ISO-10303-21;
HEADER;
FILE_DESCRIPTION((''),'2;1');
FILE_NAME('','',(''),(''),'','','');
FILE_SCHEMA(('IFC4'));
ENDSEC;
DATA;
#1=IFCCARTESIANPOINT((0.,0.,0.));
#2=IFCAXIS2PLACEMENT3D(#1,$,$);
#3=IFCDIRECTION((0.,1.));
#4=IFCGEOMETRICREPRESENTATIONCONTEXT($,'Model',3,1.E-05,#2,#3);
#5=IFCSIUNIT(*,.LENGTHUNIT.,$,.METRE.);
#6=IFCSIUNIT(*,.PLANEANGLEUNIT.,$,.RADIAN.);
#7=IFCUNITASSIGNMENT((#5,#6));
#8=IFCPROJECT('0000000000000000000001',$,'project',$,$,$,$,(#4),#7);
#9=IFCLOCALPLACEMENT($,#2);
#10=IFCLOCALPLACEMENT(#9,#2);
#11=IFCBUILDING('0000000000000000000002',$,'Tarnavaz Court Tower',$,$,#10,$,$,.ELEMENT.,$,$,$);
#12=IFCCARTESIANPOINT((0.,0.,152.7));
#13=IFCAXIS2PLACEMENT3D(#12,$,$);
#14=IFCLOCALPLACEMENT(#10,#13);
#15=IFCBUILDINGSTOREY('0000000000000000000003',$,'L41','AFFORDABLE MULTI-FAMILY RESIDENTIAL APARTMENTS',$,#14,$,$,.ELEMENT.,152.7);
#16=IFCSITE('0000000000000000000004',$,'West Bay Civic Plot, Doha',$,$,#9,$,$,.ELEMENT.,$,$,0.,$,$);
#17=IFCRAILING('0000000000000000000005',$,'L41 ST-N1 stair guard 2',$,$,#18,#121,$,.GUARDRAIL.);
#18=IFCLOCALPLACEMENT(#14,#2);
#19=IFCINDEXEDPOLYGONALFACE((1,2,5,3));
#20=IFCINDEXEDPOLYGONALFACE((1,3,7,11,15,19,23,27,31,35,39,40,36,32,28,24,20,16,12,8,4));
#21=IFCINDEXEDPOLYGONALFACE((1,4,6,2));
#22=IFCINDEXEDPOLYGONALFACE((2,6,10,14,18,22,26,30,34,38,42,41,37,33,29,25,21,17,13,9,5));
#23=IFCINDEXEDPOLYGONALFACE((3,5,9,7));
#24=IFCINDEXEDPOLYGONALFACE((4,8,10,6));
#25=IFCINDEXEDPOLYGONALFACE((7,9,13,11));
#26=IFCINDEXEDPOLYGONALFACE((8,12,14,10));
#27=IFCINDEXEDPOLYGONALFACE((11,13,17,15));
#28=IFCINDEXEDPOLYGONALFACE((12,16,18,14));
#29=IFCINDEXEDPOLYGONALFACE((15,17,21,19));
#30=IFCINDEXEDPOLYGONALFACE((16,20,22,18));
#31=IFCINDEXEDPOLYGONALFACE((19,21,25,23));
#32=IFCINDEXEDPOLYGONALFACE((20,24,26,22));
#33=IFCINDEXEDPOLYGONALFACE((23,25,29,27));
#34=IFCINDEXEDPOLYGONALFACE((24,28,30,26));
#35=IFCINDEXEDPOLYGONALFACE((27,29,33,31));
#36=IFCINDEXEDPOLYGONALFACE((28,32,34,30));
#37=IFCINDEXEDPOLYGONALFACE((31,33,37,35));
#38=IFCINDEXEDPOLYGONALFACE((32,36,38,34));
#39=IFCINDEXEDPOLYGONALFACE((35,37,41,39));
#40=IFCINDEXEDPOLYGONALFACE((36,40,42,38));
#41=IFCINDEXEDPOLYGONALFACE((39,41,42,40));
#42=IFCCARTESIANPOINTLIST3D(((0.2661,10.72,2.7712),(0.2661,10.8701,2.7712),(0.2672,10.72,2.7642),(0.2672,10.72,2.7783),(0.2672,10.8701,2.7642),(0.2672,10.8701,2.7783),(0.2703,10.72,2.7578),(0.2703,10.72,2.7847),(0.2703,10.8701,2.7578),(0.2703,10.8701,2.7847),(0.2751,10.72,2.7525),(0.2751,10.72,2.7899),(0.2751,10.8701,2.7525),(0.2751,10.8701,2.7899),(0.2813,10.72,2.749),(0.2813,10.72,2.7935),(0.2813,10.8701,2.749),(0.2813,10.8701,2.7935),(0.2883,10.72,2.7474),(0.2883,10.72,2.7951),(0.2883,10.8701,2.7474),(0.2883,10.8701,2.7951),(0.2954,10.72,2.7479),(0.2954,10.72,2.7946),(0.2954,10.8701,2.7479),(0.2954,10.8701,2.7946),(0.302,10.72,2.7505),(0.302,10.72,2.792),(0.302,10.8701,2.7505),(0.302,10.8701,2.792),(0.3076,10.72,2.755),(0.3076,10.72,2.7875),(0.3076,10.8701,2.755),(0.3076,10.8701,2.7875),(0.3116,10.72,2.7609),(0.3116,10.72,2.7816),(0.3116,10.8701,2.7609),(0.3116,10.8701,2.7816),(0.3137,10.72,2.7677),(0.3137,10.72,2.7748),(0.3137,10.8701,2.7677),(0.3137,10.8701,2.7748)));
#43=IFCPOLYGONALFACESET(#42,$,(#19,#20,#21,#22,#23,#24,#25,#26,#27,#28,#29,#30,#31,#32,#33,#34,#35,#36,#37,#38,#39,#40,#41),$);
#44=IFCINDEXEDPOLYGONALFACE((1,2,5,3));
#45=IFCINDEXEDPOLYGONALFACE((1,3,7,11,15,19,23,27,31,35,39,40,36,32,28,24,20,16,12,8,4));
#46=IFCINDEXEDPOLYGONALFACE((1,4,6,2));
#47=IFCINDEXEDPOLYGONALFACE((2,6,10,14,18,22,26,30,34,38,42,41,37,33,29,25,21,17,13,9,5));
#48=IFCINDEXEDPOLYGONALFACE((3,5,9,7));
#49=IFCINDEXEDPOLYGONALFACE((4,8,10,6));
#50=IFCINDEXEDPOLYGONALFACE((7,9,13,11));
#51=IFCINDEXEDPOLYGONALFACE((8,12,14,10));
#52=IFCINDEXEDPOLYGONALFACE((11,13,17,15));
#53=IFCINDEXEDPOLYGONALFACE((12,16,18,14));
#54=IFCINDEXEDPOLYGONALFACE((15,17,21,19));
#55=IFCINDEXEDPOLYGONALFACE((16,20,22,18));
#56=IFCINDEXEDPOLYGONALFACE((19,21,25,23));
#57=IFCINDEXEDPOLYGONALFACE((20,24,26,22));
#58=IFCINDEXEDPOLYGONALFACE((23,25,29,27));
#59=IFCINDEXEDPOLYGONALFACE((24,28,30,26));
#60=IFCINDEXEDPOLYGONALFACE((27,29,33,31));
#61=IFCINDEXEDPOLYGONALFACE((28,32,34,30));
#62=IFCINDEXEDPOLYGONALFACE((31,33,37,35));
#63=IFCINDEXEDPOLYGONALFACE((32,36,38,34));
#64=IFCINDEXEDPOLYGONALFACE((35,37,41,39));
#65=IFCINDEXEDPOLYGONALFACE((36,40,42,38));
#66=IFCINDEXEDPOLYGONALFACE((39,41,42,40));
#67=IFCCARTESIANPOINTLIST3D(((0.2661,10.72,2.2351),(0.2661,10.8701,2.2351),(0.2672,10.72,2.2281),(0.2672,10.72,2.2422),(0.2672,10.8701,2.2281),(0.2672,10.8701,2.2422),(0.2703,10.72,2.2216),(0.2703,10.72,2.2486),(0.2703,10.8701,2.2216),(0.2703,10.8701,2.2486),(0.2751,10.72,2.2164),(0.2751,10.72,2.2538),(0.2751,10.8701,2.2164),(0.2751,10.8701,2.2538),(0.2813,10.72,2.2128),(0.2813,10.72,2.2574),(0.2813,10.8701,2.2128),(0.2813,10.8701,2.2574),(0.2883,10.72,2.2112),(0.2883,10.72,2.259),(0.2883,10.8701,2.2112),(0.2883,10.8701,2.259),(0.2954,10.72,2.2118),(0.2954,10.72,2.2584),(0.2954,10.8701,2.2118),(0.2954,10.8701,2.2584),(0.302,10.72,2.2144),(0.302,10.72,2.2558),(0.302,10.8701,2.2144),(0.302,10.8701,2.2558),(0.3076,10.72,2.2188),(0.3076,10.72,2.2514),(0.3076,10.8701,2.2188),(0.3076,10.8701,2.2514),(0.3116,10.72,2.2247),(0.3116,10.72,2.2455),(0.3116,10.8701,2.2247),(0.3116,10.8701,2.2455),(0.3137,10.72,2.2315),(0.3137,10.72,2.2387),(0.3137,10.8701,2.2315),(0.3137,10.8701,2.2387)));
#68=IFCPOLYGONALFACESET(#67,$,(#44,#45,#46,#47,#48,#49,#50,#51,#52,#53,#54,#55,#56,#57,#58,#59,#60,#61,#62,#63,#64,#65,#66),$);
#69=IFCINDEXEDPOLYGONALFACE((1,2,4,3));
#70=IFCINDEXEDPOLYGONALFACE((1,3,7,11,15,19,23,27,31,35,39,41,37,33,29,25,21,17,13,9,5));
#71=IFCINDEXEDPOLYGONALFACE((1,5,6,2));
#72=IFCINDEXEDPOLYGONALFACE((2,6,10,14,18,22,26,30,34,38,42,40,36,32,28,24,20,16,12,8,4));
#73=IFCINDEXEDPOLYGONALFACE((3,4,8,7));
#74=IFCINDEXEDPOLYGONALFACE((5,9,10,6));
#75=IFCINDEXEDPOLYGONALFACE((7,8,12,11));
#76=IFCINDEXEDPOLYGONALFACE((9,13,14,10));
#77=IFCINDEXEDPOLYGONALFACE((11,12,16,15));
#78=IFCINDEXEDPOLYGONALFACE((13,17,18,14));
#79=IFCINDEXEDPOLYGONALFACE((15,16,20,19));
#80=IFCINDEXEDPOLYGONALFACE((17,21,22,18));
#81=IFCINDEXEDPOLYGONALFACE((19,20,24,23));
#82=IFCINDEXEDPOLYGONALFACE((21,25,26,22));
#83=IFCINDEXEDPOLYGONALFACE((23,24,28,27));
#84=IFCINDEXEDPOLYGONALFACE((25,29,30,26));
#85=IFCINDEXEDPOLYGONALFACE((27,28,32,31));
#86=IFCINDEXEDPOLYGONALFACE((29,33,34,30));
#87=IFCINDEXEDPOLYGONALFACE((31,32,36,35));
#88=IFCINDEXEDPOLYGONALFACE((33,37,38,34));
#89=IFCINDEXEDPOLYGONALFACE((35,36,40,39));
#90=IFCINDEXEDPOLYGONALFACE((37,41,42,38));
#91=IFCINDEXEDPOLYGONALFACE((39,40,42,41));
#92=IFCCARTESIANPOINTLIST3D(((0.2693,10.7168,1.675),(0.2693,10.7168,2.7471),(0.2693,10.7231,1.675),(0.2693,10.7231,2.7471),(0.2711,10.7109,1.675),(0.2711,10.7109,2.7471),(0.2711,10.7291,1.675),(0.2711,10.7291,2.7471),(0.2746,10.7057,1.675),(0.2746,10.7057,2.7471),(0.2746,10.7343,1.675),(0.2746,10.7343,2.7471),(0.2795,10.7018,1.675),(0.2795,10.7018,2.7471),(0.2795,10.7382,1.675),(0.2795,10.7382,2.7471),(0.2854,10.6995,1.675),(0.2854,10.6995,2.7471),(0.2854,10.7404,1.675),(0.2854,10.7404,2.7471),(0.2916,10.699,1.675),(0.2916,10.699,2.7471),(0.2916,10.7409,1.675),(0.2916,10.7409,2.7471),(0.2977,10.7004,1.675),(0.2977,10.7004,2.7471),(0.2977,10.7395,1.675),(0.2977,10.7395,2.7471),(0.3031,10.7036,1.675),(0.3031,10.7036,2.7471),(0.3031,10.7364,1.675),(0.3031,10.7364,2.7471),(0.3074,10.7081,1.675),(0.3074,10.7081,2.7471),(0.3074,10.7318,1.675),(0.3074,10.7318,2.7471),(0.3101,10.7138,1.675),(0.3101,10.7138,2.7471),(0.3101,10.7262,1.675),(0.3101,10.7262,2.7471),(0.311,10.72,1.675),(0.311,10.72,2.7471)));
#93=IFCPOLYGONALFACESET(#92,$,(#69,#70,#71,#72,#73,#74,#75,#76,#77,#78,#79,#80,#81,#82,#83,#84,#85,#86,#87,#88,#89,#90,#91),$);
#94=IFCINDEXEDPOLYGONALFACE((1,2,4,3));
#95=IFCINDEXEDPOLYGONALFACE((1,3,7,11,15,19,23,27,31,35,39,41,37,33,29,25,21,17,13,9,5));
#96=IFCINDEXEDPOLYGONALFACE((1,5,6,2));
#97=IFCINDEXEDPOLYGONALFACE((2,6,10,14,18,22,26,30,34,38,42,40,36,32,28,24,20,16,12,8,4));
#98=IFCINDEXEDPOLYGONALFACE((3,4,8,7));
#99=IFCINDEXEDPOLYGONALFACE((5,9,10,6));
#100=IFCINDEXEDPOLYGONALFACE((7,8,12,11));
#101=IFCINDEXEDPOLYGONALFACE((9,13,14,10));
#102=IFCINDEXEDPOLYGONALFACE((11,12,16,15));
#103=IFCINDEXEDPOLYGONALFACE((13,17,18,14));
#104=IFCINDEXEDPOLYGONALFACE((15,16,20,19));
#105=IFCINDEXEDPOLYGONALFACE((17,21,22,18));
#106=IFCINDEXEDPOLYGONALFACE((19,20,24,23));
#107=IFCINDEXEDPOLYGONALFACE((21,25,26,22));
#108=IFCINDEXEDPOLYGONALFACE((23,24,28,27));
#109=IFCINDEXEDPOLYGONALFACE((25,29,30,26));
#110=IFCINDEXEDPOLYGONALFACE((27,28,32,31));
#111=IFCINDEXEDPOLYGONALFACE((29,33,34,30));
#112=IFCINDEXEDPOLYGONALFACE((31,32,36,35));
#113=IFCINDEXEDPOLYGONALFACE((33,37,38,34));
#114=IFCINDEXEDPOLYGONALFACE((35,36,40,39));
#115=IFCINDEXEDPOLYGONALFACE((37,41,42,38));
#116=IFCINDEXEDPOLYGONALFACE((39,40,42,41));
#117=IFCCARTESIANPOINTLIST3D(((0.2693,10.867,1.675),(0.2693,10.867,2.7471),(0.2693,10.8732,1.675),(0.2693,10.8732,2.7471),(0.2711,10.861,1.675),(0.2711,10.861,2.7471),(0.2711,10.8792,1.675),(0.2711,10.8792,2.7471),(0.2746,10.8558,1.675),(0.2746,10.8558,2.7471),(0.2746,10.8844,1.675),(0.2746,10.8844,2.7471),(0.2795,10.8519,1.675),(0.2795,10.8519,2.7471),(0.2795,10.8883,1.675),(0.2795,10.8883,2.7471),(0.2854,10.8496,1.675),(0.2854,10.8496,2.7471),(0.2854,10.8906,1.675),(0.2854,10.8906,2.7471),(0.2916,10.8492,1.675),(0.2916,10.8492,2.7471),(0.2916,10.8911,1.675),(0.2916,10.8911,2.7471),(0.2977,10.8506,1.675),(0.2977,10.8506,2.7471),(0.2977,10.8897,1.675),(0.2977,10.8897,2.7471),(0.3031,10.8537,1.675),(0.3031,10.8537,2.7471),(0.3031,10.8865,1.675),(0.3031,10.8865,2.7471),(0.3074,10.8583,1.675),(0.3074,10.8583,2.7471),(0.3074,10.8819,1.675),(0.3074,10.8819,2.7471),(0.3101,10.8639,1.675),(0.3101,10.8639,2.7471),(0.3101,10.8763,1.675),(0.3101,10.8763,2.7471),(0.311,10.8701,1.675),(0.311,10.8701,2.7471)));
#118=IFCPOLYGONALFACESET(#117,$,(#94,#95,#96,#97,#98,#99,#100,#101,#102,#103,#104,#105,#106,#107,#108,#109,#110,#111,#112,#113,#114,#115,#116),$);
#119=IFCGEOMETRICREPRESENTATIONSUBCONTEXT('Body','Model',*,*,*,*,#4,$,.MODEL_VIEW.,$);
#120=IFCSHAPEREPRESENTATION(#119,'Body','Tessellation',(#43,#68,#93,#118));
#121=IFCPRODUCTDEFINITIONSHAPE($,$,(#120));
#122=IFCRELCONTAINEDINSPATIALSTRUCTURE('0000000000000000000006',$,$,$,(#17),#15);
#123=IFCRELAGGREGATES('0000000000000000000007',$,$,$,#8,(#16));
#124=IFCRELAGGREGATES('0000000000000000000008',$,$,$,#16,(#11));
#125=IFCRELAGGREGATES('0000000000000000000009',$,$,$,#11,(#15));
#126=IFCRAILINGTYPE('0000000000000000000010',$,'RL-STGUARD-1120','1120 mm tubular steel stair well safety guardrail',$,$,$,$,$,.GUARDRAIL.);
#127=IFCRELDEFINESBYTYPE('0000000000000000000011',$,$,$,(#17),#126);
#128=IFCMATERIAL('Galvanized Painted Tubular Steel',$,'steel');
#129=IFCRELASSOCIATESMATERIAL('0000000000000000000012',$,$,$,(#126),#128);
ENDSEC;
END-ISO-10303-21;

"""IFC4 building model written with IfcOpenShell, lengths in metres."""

from ifc_helpers import new_model, si_unit, direction, frame, origin, origin_2d, place, context, subcontext, project, spatial, circle, extrude, material, type_object, element, save


model = new_model("IFC4")

# Units and contexts
model_context = context("Model", 3, precision=1e-05, world=origin(), true_north=direction((0.0, 1.0)))
body_context = subcontext(model_context, "Body", "Model", "MODEL_VIEW")
ifc_project = project(units=[si_unit("LENGTHUNIT", "METRE"), si_unit("PLANEANGLEUNIT", "RADIAN")], contexts=[model_context])

# Site, building, storey
site_placement = place(None, origin())
site = spatial("IfcSite", under=ifc_project, at=site_placement, Name="West Bay Civic Plot, Doha", CompositionType="ELEMENT", RefElevation=0.0)
building_placement = place(site_placement, origin())
building = spatial("IfcBuilding", under=site, at=building_placement, Name="Tarnavaz Court Tower", CompositionType="ELEMENT")
storey_placement = place(building_placement, frame((0.0, 0.0, 152.7)))
storey = spatial("IfcBuildingStorey", under=building, at=storey_placement, Name="L41", Description="AFFORDABLE MULTI-FAMILY RESIDENTIAL APARTMENTS", CompositionType="ELEMENT", Elevation=152.7)

# Railing
ifc_material_1 = material(Name="Galvanized Painted Tubular Steel", Category="steel")
railing_type_1 = type_object("IfcRailingType", Name="RL-STGUARD-1120", Description="1120 mm tubular steel stair well safety guardrail", PredefinedType="GUARDRAIL", material=ifc_material_1)
railing_1_placement = place(storey_placement, frame((0.29, 10.72, 1.675)))
element("IfcRailing", 1, at=railing_1_placement, inside=storey, type_object=railing_type_1, Name="L41 ST-N1 stair guard 2", PredefinedType="GUARDRAIL", context=body_context, shape_type="SweptSolid", body=[
    extrude(circle(Radius=0.0239, at=origin_2d()), frame((0.0, 0.0, 1.0962), z_axis=(0.0, 1.0, 0.0), x_axis=(-1.0, 0.0, 0.0)), (0.0, 0.0, 1.0), 0.1501),
    extrude(circle(Radius=0.0239, at=origin_2d()), frame((0.0, 0.0, 0.5601), z_axis=(0.0, 1.0, 0.0), x_axis=(-1.0, 0.0, 0.0)), (0.0, 0.0, 1.0), 0.1501),
    extrude(circle(Radius=0.021, at=origin_2d()), origin(), (0.0, 0.0, 1.0), 1.072),
    extrude(circle(Radius=0.021, at=origin_2d()), frame((0.0, 0.1501, 0.0)), (0.0, 0.0, 1.0), 1.072),
])

save(model, "model.ifc")
